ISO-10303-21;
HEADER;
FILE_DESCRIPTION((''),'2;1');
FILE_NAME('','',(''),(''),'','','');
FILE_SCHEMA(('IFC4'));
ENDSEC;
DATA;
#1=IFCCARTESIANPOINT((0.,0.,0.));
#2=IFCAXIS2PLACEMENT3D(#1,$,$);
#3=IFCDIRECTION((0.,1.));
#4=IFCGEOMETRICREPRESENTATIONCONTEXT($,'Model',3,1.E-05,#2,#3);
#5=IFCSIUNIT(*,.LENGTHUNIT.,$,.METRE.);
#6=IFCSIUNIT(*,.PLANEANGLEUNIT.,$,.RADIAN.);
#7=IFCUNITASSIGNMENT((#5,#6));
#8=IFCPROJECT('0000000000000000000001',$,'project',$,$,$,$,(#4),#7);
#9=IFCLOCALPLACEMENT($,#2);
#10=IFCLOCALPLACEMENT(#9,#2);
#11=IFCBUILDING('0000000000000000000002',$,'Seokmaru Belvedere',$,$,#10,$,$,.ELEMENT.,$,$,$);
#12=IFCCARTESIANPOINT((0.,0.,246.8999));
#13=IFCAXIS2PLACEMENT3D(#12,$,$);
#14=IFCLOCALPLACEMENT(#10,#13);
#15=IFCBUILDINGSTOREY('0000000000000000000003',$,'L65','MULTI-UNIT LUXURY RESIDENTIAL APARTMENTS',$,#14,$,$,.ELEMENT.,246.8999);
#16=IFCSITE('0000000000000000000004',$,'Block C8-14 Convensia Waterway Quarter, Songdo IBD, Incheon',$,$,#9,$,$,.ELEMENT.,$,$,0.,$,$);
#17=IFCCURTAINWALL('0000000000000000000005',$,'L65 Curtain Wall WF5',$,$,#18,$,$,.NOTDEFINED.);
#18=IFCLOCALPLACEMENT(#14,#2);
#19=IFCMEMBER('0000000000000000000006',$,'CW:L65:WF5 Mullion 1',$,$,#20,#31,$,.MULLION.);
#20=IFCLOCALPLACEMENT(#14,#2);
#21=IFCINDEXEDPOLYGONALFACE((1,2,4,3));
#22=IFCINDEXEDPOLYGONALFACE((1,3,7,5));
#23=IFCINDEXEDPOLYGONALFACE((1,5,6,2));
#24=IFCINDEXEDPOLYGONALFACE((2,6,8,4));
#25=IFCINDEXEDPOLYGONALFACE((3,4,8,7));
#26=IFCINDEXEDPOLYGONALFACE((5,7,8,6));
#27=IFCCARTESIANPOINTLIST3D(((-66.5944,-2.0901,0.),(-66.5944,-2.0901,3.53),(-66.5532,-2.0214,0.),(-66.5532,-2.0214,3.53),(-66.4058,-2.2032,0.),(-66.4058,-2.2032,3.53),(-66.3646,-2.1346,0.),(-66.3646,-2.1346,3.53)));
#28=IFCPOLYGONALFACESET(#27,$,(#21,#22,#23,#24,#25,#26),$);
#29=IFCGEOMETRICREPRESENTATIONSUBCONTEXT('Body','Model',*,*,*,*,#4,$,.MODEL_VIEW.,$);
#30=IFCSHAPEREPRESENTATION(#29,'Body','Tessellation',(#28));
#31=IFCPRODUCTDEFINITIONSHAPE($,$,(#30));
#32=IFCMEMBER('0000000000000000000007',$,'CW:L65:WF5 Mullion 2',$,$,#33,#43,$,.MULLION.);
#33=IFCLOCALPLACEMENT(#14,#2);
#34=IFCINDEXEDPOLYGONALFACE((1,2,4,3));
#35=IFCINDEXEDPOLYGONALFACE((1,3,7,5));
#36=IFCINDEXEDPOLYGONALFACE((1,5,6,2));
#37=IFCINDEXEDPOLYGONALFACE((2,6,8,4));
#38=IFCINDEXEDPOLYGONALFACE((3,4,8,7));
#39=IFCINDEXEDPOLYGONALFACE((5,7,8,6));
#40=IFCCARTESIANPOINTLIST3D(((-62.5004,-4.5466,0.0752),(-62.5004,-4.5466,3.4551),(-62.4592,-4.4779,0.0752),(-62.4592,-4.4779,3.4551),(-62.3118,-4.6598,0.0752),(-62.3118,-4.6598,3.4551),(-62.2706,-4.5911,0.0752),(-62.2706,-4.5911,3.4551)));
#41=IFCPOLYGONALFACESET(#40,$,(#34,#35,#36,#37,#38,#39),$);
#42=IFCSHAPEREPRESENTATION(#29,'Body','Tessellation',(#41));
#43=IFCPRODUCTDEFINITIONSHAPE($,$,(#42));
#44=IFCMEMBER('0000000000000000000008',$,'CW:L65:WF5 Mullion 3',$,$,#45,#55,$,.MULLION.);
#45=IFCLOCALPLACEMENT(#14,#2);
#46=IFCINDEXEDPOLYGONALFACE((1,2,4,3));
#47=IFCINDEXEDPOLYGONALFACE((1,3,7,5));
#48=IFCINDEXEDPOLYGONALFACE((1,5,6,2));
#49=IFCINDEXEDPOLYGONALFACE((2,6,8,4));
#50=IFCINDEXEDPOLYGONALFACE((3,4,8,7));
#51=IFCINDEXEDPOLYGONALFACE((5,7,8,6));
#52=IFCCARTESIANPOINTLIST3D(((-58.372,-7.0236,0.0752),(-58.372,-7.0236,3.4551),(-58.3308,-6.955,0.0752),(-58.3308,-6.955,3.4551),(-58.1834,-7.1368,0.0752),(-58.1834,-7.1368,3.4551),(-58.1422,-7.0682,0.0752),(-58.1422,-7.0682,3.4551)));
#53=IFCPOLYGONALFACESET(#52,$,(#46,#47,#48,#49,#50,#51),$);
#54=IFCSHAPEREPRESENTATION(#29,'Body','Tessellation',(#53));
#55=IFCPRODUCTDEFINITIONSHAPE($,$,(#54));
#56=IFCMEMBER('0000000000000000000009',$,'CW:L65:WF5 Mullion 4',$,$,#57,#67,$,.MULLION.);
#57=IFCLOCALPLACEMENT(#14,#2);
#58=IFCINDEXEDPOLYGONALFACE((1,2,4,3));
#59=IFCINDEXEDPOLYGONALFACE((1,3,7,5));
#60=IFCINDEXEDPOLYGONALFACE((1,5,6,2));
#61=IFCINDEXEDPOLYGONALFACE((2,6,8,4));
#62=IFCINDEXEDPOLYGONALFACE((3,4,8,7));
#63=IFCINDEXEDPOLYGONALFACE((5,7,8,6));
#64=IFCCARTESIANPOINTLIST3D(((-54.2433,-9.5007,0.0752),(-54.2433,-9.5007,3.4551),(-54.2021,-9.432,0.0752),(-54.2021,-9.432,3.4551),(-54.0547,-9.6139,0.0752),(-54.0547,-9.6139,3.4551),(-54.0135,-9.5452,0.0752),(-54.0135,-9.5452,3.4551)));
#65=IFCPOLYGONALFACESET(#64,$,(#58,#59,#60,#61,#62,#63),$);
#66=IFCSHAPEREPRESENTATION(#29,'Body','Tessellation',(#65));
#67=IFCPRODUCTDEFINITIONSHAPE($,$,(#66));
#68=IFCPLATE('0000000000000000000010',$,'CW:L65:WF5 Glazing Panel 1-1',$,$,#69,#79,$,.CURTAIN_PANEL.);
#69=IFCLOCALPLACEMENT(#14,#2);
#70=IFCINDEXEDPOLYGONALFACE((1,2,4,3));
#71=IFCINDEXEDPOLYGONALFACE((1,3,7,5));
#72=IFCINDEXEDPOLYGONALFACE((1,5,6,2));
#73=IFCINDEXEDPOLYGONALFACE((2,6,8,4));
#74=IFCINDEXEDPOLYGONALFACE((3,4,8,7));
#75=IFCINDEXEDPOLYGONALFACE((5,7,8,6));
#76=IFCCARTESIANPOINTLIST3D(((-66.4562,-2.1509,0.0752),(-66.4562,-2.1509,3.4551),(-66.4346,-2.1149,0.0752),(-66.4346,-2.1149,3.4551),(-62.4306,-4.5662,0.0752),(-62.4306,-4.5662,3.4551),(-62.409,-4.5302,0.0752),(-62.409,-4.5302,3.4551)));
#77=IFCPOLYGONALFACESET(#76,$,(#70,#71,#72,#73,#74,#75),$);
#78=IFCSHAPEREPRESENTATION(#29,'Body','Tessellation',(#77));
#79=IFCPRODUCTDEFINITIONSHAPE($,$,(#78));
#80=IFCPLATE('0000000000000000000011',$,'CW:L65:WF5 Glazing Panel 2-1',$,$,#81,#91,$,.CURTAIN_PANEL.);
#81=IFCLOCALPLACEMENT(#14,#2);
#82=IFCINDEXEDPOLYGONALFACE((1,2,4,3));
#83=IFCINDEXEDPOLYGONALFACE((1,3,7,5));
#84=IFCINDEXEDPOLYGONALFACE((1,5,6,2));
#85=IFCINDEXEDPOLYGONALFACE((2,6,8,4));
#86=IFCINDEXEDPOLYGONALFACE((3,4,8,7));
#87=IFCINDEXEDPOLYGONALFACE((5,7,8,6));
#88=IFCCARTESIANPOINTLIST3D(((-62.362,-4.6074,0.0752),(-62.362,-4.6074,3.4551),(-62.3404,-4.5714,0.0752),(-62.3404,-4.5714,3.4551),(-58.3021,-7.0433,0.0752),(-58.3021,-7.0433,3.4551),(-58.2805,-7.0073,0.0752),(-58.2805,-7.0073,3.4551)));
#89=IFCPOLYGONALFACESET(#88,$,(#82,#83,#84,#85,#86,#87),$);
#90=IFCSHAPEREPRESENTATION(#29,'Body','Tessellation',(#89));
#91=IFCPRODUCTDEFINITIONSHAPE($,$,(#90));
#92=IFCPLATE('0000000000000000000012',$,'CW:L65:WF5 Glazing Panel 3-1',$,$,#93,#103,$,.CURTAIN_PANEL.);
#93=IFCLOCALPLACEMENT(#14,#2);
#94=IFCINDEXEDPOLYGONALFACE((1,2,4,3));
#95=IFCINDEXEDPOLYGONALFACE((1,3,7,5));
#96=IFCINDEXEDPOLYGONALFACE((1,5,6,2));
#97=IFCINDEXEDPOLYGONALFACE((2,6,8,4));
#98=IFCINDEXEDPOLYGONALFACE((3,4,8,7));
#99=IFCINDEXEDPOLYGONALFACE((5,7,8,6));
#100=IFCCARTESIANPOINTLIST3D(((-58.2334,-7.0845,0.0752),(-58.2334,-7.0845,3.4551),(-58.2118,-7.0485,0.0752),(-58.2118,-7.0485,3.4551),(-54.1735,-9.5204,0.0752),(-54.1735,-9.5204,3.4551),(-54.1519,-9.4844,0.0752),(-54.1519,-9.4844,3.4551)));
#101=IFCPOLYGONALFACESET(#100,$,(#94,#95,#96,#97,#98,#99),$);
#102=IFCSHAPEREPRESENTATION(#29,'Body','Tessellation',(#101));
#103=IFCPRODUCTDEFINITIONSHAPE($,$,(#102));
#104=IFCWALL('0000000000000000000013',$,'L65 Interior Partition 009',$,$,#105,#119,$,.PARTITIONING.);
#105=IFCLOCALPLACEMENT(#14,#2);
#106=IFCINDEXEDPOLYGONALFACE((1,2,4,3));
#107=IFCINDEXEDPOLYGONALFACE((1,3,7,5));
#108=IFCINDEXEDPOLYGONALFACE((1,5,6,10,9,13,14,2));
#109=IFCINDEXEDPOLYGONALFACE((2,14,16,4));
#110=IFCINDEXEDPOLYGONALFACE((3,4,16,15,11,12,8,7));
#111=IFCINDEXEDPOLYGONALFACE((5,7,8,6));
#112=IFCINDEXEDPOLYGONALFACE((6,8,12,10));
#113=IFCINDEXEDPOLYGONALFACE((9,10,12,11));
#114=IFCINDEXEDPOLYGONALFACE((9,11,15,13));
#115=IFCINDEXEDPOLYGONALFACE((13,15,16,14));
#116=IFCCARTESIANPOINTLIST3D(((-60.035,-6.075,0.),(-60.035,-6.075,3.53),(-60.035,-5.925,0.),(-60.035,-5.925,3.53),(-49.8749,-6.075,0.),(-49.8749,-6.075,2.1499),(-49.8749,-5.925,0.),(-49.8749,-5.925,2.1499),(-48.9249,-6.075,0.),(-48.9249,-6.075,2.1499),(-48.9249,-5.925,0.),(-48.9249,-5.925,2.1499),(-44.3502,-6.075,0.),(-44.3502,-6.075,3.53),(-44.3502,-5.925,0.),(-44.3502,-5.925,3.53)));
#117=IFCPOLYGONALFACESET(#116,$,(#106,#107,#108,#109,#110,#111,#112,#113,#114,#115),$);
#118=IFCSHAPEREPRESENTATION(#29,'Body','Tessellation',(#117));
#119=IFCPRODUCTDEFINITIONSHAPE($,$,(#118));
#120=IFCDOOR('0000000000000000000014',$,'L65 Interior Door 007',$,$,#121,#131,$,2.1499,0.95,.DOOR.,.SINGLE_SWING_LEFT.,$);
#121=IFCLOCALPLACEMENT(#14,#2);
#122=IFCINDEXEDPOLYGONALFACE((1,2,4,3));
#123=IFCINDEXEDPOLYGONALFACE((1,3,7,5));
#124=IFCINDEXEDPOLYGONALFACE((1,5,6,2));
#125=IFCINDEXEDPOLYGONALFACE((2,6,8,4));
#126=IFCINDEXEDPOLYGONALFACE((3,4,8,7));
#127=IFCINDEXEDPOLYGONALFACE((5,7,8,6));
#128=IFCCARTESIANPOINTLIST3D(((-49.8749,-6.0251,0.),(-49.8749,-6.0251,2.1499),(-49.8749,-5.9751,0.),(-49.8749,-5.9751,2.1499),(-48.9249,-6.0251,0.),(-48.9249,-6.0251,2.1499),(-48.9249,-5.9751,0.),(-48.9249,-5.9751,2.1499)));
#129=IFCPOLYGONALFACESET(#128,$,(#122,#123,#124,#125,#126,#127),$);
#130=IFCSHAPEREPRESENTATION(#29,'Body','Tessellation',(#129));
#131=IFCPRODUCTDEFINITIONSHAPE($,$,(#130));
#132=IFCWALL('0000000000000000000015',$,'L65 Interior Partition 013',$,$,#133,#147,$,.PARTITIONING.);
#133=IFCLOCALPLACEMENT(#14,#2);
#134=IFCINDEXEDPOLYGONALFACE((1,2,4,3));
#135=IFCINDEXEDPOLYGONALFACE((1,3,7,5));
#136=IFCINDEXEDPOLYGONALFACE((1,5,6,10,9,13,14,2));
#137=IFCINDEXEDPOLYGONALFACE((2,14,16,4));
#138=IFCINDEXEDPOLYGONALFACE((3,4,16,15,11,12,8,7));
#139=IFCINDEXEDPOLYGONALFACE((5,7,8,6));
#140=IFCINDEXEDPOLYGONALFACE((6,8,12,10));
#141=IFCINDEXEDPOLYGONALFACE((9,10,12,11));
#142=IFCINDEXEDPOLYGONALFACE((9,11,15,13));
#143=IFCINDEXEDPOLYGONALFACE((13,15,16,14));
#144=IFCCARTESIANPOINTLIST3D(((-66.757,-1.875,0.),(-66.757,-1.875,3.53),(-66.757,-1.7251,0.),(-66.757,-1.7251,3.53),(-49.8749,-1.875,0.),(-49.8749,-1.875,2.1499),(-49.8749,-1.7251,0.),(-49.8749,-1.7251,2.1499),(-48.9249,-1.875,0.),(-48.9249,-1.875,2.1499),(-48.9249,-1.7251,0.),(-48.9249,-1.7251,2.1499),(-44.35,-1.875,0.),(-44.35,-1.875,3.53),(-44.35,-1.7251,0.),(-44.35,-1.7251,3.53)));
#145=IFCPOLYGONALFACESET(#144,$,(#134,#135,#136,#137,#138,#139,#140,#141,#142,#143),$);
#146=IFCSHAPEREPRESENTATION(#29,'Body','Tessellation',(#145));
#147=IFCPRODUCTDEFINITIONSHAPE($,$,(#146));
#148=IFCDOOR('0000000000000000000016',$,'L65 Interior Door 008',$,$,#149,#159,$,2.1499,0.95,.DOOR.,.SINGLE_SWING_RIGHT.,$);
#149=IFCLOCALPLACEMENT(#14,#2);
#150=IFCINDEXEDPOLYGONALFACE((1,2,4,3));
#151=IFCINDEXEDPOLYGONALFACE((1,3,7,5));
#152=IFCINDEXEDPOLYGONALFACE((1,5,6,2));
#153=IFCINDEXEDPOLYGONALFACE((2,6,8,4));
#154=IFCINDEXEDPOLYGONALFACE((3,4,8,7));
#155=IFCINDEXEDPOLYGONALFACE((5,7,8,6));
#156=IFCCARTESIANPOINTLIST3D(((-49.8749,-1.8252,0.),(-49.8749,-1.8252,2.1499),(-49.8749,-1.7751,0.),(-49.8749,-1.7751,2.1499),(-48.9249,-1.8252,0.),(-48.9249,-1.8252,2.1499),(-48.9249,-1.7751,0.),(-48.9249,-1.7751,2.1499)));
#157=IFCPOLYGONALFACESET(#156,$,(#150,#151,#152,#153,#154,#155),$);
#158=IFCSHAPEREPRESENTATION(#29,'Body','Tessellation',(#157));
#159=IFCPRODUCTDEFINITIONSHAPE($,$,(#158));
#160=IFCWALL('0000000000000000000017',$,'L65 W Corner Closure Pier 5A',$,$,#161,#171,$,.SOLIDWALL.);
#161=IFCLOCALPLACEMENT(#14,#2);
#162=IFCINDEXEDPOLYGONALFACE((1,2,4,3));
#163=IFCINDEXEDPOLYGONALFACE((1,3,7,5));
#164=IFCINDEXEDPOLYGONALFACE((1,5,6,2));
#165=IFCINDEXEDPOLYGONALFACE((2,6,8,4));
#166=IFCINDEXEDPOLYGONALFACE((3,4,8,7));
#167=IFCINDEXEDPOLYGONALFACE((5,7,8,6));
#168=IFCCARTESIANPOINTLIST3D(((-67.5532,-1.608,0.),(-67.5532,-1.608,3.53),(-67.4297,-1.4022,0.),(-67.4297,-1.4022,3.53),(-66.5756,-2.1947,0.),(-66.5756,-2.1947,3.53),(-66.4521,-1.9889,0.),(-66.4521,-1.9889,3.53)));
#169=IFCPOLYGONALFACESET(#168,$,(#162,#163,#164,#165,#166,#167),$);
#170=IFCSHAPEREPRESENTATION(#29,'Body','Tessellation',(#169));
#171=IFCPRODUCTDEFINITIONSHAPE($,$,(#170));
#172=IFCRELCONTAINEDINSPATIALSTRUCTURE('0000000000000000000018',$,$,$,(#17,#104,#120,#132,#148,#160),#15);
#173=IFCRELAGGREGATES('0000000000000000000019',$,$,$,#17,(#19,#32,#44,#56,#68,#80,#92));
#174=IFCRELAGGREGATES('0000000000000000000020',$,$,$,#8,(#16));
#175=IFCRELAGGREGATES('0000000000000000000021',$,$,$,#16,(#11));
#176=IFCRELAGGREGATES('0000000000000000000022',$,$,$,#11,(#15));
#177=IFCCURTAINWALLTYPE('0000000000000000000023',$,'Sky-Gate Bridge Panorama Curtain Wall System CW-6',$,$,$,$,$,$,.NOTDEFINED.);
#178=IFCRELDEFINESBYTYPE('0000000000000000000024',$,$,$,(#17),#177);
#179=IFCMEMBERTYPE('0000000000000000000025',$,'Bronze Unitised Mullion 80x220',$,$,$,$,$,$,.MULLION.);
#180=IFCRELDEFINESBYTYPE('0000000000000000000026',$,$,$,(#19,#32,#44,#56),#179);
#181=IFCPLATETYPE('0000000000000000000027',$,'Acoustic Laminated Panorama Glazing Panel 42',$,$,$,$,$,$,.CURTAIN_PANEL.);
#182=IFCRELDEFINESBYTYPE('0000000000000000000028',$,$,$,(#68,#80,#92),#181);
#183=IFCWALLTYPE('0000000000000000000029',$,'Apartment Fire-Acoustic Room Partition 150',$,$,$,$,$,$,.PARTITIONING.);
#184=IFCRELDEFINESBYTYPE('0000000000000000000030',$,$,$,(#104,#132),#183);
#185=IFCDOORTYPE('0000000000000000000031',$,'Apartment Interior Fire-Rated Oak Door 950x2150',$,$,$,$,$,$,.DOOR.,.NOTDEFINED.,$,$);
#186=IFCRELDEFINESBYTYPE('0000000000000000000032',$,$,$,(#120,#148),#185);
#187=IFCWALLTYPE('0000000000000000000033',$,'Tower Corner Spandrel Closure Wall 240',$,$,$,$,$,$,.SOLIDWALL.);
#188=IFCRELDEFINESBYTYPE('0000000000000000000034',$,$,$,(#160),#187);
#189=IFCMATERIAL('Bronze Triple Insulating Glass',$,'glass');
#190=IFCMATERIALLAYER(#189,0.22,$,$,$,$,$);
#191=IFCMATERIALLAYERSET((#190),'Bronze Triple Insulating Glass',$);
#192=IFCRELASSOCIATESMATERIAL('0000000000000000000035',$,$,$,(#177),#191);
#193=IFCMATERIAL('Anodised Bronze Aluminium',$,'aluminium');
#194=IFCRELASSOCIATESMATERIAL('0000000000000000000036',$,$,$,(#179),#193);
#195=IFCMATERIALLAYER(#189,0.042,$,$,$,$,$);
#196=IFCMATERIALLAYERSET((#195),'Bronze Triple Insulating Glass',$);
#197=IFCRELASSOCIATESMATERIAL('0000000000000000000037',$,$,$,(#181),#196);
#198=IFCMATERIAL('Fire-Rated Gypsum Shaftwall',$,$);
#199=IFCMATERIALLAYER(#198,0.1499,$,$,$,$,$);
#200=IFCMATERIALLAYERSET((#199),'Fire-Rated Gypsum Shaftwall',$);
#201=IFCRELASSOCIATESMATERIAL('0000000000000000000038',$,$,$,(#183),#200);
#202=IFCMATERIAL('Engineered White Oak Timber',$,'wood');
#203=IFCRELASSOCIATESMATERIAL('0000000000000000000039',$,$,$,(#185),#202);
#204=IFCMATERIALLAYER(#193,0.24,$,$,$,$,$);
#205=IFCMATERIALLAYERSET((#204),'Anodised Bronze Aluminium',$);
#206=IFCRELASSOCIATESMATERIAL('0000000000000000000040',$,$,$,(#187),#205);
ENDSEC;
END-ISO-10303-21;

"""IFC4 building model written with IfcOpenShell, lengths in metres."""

from ifc_helpers import new_model, si_unit, direction, frame, frame_2d, origin, origin_2d, place, context, subcontext, project, spatial, rectangle, extrude, source, transform, mapped, material, layer, layer_set, material_profile, profile_set, type_object, type_shapes, element, fill, aggregate, save


model = new_model("IFC4")

# Units and contexts
model_context = context("Model", 3, precision=1e-05, world=origin(), true_north=direction((0.0, 1.0)))
body_context = subcontext(model_context, "Body", "Model", "MODEL_VIEW")
ifc_project = project(units=[si_unit("LENGTHUNIT", "METRE"), si_unit("PLANEANGLEUNIT", "RADIAN")], contexts=[model_context])

# Site, building, storey
site_placement = place(None, origin())
site = spatial("IfcSite", under=ifc_project, at=site_placement, Name="Block C8-14 Convensia Waterway Quarter, Songdo IBD, Incheon", CompositionType="ELEMENT", RefElevation=0.0)
building_placement = place(site_placement, origin())
building = spatial("IfcBuilding", under=site, at=building_placement, Name="Seokmaru Belvedere", CompositionType="ELEMENT")
storey_placement = place(building_placement, frame((0.0, 0.0, 246.8999)))
storey = spatial("IfcBuildingStorey", under=building, at=storey_placement, Name="L65", Description="MULTI-UNIT LUXURY RESIDENTIAL APARTMENTS", CompositionType="ELEMENT", Elevation=246.8999)

# Curtain wall, members, plates
ifc_material_1 = material(Name="Bronze Triple Insulating Glass", Category="glass")
ifc_layer_1 = layer(ifc_material_1, 0.22)
ifc_layer_set_1 = layer_set([ifc_layer_1], Name="Bronze Triple Insulating Glass")
curtain_wall_type = type_object("IfcCurtainWallType", Name="Sky-Gate Bridge Panorama Curtain Wall System CW-6", PredefinedType="NOTDEFINED", material=ifc_layer_set_1)
curtain_wall_placement = place(storey_placement, origin())
curtain_wall = element("IfcCurtainWall", 1, at=curtain_wall_placement, inside=storey, type_object=curtain_wall_type, Name="L65 Curtain Wall WF5", PredefinedType="NOTDEFINED")
ifc_material_2 = material(Name="Anodised Bronze Aluminium", Category="aluminium")
ifc_material_profile_1 = material_profile(ifc_material_2, rectangle(XDim=0.0801, YDim=0.22, at=origin_2d()), Name="CW-M-80x220")
ifc_profile_set_1 = profile_set([ifc_material_profile_1], Name="Anodised Bronze Aluminium")
member_type_1 = type_object("IfcMemberType", Name="Bronze Unitised Mullion 80x220", PredefinedType="MULLION", material=ifc_profile_set_1)
shared_shape_1 = source(origin(), body_context, "Body", "SweptSolid", [
    extrude(rectangle(XDim=0.0801, YDim=0.22, at=origin_2d()), origin(), (0.0, 0.0, 1.0), 3.53),
])
member_1_placement = place(storey_placement, frame((-66.4795, -2.1123, 0.0), z_axis=(0.0, 0.0, 1.0), x_axis=(0.514495, 0.857493, 0.0)))
member_1 = element("IfcMember", 2, at=member_1_placement, type_object=member_type_1, Name="CW:L65:WF5 Mullion 1", PredefinedType="MULLION", context=body_context, shape_type="MappedRepresentation", body=[
    mapped(shared_shape_1, transform((0.0, 0.0, 0.0), scale=1.0)),
])
shared_shape_2 = source(origin(), body_context, "Body", "SweptSolid", [
    extrude(rectangle(XDim=0.0801, YDim=0.22, at=origin_2d()), origin(), (0.0, 0.0, 1.0), 3.3799),
])
type_shapes(member_type_1, [shared_shape_1, shared_shape_2])
member_2_placement = place(storey_placement, frame((-62.3855, -4.5688, 0.0752), z_axis=(0.0, 0.0, 1.0), x_axis=(0.514495, 0.857493, 0.0)))
member_2 = element("IfcMember", 3, at=member_2_placement, type_object=member_type_1, Name="CW:L65:WF5 Mullion 2", PredefinedType="MULLION", context=body_context, shape_type="MappedRepresentation", body=[
    mapped(shared_shape_2, transform((0.0, 0.0, 0.0), scale=1.0)),
])
member_3_placement = place(storey_placement, frame((-58.2571, -7.0459, 0.0752), z_axis=(0.0, 0.0, 1.0), x_axis=(0.514495, 0.857493, 0.0)))
member_3 = element("IfcMember", 4, at=member_3_placement, type_object=member_type_1, Name="CW:L65:WF5 Mullion 3", PredefinedType="MULLION", context=body_context, shape_type="MappedRepresentation", body=[
    mapped(shared_shape_2, transform((0.0, 0.0, 0.0), scale=1.0)),
])
member_4_placement = place(storey_placement, frame((-54.1284, -9.5229, 0.0752), z_axis=(0.0, 0.0, 1.0), x_axis=(0.514495, 0.857493, 0.0)))
member_4 = element("IfcMember", 5, at=member_4_placement, type_object=member_type_1, Name="CW:L65:WF5 Mullion 4", PredefinedType="MULLION", context=body_context, shape_type="MappedRepresentation", body=[
    mapped(shared_shape_2, transform((0.0, 0.0, 0.0), scale=1.0)),
])
ifc_layer_2 = layer(ifc_material_1, 0.042)
ifc_layer_set_2 = layer_set([ifc_layer_2], Name="Bronze Triple Insulating Glass")
plate_type = type_object("IfcPlateType", Name="Acoustic Laminated Panorama Glazing Panel 42", PredefinedType="CURTAIN_PANEL", material=ifc_layer_set_2)
shared_shape_3 = source(origin(), body_context, "Body", "SweptSolid", [
    extrude(rectangle(XDim=4.6946, YDim=0.042, at=origin_2d()), origin(), (0.0, 0.0, 1.0), 3.3799),
])
plate_1_placement = place(storey_placement, frame((-64.4326, -3.3406, 0.0752), z_axis=(0.0, 0.0, 1.0), x_axis=(0.857493, -0.514495, 0.0)))
plate_1 = element("IfcPlate", 6, at=plate_1_placement, type_object=plate_type, Name="CW:L65:WF5 Glazing Panel 1-1", PredefinedType="CURTAIN_PANEL", context=body_context, shape_type="MappedRepresentation", body=[
    mapped(shared_shape_3, transform((0.0, 0.0, 0.0), scale=1.0)),
])
shared_shape_4 = source(origin(), body_context, "Body", "SweptSolid", [
    extrude(rectangle(XDim=4.7346, YDim=0.042, at=origin_2d()), origin(), (0.0, 0.0, 1.0), 3.3799),
])
type_shapes(plate_type, [shared_shape_3, shared_shape_4])
plate_2_placement = place(storey_placement, frame((-60.3213, -5.8074, 0.0752), z_axis=(0.0, 0.0, 1.0), x_axis=(0.857493, -0.514495, 0.0)))
plate_2 = element("IfcPlate", 7, at=plate_2_placement, type_object=plate_type, Name="CW:L65:WF5 Glazing Panel 2-1", PredefinedType="CURTAIN_PANEL", context=body_context, shape_type="MappedRepresentation", body=[
    mapped(shared_shape_4, transform((0.0, 0.0, 0.0), scale=1.0)),
])
plate_3_placement = place(storey_placement, frame((-56.1926, -8.2844, 0.0752), z_axis=(0.0, 0.0, 1.0), x_axis=(0.857493, -0.514495, 0.0)))
plate_3 = element("IfcPlate", 8, at=plate_3_placement, type_object=plate_type, Name="CW:L65:WF5 Glazing Panel 3-1", PredefinedType="CURTAIN_PANEL", context=body_context, shape_type="MappedRepresentation", body=[
    mapped(shared_shape_4, transform((0.0, 0.0, 0.0), scale=1.0)),
])
aggregate(curtain_wall, [member_1, member_2, member_3, member_4, plate_1, plate_2, plate_3])

# Walls, openings, doors
ifc_material_3 = material(Name="Fire-Rated Gypsum Shaftwall")
ifc_layer_3 = layer(ifc_material_3, 0.1499)
ifc_layer_set_3 = layer_set([ifc_layer_3], Name="Fire-Rated Gypsum Shaftwall")
wall_type_1 = type_object("IfcWallType", Name="Apartment Fire-Acoustic Room Partition 150", PredefinedType="PARTITIONING", material=ifc_layer_set_3)
wall_1_placement = place(storey_placement, frame((-60.0349, -6.0, 0.0), z_axis=(0.0, 0.0, 1.0), x_axis=(1.0, 0.0, 0.0)))
wall_1 = element("IfcWall", 9, at=wall_1_placement, inside=storey, type_object=wall_type_1, Name="L65 Interior Partition 009", PredefinedType="PARTITIONING", context=body_context, shape_type="SweptSolid", body=[
    extrude(rectangle(XDim=15.6848, YDim=0.1499, at=frame_2d((7.8423, 0.0))), origin(), (0.0, 0.0, 1.0), 3.53),
])
opening_1_placement = place(wall_1_placement, frame((10.1599, 0.0, 0.0)))
opening_1 = element("IfcOpeningElement", 10, at=opening_1_placement, cuts=wall_1, PredefinedType="OPENING", context=body_context, shape_type="SweptSolid", body=[
    extrude(rectangle(XDim=0.95, YDim=2.1499, at=frame_2d((0.4751, 1.075))), frame((0.0, 0.085, 0.0), z_axis=(0.0, -1.0, 0.0), x_axis=(1.0, 0.0, 0.0)), (0.0, 0.0, 1.0), 0.1699),
])
ifc_material_4 = material(Name="Engineered White Oak Timber", Category="wood")
door_type = type_object("IfcDoorType", Name="Apartment Interior Fire-Rated Oak Door 950x2150", OperationType="NOTDEFINED", PredefinedType="DOOR", material=ifc_material_4)
shared_shape_5 = source(origin(), body_context, "Body", "SweptSolid", [
    extrude(rectangle(XDim=0.95, YDim=2.1499, at=frame_2d((0.4751, 1.075))), frame((0.0, 0.0249, 0.0), z_axis=(0.0, -1.0, 0.0), x_axis=(1.0, 0.0, 0.0)), (0.0, 0.0, 1.0), 0.05),
])
type_shapes(door_type, [shared_shape_5])
door_1_placement = place(opening_1_placement, origin())
door_1 = element("IfcDoor", 11, at=door_1_placement, inside=storey, type_object=door_type, Name="L65 Interior Door 007", OperationType="SINGLE_SWING_LEFT", OverallHeight=2.1499, OverallWidth=0.95, PredefinedType="DOOR", context=body_context, shape_type="MappedRepresentation", body=[
    mapped(shared_shape_5, transform((0.0, 0.0, 0.0), scale=1.0)),
])
fill(opening_1, door_1)
wall_2_placement = place(storey_placement, frame((-66.7571, -1.8, 0.0), z_axis=(0.0, 0.0, 1.0), x_axis=(1.0, 0.0, 0.0)))
wall_2 = element("IfcWall", 12, at=wall_2_placement, inside=storey, type_object=wall_type_1, Name="L65 Interior Partition 013", PredefinedType="PARTITIONING", context=body_context, shape_type="SweptSolid", body=[
    extrude(rectangle(XDim=22.407, YDim=0.1499, at=frame_2d((11.2036, 0.0))), origin(), (0.0, 0.0, 1.0), 3.53),
])
opening_2_placement = place(wall_2_placement, frame((16.8821, 0.0, 0.0)))
opening_2 = element("IfcOpeningElement", 13, at=opening_2_placement, cuts=wall_2, PredefinedType="OPENING", context=body_context, shape_type="SweptSolid", body=[
    extrude(rectangle(XDim=0.95, YDim=2.1499, at=frame_2d((0.4751, 1.075))), frame((0.0, 0.085, 0.0), z_axis=(0.0, -1.0, 0.0), x_axis=(1.0, 0.0, 0.0)), (0.0, 0.0, 1.0), 0.1699),
])
door_2_placement = place(opening_2_placement, origin())
door_2 = element("IfcDoor", 14, at=door_2_placement, inside=storey, type_object=door_type, Name="L65 Interior Door 008", OperationType="SINGLE_SWING_RIGHT", OverallHeight=2.1499, OverallWidth=0.95, PredefinedType="DOOR", context=body_context, shape_type="MappedRepresentation", body=[
    mapped(shared_shape_5, transform((0.0, 0.0, 0.0), scale=1.0)),
])
fill(opening_2, door_2)

# Wall
ifc_layer_4 = layer(ifc_material_2, 0.24)
ifc_layer_set_4 = layer_set([ifc_layer_4], Name="Anodised Bronze Aluminium")
wall_type_2 = type_object("IfcWallType", Name="Tower Corner Spandrel Closure Wall 240", PredefinedType="SOLIDWALL", material=ifc_layer_set_4)
wall_3_placement = place(storey_placement, frame((-67.4915, -1.5051, 0.0), z_axis=(0.0, 0.0, 1.0), x_axis=(0.857436, -0.51459, 0.0)))
element("IfcWall", 15, at=wall_3_placement, inside=storey, type_object=wall_type_2, Name="L65 W Corner Closure Pier 5A", PredefinedType="SOLIDWALL", context=body_context, shape_type="SweptSolid", body=[
    extrude(rectangle(XDim=1.1401, YDim=0.24, at=frame_2d((0.5701, 0.0))), origin(), (0.0, 0.0, 1.0), 3.53),
])

save(model, "model.ifc")
